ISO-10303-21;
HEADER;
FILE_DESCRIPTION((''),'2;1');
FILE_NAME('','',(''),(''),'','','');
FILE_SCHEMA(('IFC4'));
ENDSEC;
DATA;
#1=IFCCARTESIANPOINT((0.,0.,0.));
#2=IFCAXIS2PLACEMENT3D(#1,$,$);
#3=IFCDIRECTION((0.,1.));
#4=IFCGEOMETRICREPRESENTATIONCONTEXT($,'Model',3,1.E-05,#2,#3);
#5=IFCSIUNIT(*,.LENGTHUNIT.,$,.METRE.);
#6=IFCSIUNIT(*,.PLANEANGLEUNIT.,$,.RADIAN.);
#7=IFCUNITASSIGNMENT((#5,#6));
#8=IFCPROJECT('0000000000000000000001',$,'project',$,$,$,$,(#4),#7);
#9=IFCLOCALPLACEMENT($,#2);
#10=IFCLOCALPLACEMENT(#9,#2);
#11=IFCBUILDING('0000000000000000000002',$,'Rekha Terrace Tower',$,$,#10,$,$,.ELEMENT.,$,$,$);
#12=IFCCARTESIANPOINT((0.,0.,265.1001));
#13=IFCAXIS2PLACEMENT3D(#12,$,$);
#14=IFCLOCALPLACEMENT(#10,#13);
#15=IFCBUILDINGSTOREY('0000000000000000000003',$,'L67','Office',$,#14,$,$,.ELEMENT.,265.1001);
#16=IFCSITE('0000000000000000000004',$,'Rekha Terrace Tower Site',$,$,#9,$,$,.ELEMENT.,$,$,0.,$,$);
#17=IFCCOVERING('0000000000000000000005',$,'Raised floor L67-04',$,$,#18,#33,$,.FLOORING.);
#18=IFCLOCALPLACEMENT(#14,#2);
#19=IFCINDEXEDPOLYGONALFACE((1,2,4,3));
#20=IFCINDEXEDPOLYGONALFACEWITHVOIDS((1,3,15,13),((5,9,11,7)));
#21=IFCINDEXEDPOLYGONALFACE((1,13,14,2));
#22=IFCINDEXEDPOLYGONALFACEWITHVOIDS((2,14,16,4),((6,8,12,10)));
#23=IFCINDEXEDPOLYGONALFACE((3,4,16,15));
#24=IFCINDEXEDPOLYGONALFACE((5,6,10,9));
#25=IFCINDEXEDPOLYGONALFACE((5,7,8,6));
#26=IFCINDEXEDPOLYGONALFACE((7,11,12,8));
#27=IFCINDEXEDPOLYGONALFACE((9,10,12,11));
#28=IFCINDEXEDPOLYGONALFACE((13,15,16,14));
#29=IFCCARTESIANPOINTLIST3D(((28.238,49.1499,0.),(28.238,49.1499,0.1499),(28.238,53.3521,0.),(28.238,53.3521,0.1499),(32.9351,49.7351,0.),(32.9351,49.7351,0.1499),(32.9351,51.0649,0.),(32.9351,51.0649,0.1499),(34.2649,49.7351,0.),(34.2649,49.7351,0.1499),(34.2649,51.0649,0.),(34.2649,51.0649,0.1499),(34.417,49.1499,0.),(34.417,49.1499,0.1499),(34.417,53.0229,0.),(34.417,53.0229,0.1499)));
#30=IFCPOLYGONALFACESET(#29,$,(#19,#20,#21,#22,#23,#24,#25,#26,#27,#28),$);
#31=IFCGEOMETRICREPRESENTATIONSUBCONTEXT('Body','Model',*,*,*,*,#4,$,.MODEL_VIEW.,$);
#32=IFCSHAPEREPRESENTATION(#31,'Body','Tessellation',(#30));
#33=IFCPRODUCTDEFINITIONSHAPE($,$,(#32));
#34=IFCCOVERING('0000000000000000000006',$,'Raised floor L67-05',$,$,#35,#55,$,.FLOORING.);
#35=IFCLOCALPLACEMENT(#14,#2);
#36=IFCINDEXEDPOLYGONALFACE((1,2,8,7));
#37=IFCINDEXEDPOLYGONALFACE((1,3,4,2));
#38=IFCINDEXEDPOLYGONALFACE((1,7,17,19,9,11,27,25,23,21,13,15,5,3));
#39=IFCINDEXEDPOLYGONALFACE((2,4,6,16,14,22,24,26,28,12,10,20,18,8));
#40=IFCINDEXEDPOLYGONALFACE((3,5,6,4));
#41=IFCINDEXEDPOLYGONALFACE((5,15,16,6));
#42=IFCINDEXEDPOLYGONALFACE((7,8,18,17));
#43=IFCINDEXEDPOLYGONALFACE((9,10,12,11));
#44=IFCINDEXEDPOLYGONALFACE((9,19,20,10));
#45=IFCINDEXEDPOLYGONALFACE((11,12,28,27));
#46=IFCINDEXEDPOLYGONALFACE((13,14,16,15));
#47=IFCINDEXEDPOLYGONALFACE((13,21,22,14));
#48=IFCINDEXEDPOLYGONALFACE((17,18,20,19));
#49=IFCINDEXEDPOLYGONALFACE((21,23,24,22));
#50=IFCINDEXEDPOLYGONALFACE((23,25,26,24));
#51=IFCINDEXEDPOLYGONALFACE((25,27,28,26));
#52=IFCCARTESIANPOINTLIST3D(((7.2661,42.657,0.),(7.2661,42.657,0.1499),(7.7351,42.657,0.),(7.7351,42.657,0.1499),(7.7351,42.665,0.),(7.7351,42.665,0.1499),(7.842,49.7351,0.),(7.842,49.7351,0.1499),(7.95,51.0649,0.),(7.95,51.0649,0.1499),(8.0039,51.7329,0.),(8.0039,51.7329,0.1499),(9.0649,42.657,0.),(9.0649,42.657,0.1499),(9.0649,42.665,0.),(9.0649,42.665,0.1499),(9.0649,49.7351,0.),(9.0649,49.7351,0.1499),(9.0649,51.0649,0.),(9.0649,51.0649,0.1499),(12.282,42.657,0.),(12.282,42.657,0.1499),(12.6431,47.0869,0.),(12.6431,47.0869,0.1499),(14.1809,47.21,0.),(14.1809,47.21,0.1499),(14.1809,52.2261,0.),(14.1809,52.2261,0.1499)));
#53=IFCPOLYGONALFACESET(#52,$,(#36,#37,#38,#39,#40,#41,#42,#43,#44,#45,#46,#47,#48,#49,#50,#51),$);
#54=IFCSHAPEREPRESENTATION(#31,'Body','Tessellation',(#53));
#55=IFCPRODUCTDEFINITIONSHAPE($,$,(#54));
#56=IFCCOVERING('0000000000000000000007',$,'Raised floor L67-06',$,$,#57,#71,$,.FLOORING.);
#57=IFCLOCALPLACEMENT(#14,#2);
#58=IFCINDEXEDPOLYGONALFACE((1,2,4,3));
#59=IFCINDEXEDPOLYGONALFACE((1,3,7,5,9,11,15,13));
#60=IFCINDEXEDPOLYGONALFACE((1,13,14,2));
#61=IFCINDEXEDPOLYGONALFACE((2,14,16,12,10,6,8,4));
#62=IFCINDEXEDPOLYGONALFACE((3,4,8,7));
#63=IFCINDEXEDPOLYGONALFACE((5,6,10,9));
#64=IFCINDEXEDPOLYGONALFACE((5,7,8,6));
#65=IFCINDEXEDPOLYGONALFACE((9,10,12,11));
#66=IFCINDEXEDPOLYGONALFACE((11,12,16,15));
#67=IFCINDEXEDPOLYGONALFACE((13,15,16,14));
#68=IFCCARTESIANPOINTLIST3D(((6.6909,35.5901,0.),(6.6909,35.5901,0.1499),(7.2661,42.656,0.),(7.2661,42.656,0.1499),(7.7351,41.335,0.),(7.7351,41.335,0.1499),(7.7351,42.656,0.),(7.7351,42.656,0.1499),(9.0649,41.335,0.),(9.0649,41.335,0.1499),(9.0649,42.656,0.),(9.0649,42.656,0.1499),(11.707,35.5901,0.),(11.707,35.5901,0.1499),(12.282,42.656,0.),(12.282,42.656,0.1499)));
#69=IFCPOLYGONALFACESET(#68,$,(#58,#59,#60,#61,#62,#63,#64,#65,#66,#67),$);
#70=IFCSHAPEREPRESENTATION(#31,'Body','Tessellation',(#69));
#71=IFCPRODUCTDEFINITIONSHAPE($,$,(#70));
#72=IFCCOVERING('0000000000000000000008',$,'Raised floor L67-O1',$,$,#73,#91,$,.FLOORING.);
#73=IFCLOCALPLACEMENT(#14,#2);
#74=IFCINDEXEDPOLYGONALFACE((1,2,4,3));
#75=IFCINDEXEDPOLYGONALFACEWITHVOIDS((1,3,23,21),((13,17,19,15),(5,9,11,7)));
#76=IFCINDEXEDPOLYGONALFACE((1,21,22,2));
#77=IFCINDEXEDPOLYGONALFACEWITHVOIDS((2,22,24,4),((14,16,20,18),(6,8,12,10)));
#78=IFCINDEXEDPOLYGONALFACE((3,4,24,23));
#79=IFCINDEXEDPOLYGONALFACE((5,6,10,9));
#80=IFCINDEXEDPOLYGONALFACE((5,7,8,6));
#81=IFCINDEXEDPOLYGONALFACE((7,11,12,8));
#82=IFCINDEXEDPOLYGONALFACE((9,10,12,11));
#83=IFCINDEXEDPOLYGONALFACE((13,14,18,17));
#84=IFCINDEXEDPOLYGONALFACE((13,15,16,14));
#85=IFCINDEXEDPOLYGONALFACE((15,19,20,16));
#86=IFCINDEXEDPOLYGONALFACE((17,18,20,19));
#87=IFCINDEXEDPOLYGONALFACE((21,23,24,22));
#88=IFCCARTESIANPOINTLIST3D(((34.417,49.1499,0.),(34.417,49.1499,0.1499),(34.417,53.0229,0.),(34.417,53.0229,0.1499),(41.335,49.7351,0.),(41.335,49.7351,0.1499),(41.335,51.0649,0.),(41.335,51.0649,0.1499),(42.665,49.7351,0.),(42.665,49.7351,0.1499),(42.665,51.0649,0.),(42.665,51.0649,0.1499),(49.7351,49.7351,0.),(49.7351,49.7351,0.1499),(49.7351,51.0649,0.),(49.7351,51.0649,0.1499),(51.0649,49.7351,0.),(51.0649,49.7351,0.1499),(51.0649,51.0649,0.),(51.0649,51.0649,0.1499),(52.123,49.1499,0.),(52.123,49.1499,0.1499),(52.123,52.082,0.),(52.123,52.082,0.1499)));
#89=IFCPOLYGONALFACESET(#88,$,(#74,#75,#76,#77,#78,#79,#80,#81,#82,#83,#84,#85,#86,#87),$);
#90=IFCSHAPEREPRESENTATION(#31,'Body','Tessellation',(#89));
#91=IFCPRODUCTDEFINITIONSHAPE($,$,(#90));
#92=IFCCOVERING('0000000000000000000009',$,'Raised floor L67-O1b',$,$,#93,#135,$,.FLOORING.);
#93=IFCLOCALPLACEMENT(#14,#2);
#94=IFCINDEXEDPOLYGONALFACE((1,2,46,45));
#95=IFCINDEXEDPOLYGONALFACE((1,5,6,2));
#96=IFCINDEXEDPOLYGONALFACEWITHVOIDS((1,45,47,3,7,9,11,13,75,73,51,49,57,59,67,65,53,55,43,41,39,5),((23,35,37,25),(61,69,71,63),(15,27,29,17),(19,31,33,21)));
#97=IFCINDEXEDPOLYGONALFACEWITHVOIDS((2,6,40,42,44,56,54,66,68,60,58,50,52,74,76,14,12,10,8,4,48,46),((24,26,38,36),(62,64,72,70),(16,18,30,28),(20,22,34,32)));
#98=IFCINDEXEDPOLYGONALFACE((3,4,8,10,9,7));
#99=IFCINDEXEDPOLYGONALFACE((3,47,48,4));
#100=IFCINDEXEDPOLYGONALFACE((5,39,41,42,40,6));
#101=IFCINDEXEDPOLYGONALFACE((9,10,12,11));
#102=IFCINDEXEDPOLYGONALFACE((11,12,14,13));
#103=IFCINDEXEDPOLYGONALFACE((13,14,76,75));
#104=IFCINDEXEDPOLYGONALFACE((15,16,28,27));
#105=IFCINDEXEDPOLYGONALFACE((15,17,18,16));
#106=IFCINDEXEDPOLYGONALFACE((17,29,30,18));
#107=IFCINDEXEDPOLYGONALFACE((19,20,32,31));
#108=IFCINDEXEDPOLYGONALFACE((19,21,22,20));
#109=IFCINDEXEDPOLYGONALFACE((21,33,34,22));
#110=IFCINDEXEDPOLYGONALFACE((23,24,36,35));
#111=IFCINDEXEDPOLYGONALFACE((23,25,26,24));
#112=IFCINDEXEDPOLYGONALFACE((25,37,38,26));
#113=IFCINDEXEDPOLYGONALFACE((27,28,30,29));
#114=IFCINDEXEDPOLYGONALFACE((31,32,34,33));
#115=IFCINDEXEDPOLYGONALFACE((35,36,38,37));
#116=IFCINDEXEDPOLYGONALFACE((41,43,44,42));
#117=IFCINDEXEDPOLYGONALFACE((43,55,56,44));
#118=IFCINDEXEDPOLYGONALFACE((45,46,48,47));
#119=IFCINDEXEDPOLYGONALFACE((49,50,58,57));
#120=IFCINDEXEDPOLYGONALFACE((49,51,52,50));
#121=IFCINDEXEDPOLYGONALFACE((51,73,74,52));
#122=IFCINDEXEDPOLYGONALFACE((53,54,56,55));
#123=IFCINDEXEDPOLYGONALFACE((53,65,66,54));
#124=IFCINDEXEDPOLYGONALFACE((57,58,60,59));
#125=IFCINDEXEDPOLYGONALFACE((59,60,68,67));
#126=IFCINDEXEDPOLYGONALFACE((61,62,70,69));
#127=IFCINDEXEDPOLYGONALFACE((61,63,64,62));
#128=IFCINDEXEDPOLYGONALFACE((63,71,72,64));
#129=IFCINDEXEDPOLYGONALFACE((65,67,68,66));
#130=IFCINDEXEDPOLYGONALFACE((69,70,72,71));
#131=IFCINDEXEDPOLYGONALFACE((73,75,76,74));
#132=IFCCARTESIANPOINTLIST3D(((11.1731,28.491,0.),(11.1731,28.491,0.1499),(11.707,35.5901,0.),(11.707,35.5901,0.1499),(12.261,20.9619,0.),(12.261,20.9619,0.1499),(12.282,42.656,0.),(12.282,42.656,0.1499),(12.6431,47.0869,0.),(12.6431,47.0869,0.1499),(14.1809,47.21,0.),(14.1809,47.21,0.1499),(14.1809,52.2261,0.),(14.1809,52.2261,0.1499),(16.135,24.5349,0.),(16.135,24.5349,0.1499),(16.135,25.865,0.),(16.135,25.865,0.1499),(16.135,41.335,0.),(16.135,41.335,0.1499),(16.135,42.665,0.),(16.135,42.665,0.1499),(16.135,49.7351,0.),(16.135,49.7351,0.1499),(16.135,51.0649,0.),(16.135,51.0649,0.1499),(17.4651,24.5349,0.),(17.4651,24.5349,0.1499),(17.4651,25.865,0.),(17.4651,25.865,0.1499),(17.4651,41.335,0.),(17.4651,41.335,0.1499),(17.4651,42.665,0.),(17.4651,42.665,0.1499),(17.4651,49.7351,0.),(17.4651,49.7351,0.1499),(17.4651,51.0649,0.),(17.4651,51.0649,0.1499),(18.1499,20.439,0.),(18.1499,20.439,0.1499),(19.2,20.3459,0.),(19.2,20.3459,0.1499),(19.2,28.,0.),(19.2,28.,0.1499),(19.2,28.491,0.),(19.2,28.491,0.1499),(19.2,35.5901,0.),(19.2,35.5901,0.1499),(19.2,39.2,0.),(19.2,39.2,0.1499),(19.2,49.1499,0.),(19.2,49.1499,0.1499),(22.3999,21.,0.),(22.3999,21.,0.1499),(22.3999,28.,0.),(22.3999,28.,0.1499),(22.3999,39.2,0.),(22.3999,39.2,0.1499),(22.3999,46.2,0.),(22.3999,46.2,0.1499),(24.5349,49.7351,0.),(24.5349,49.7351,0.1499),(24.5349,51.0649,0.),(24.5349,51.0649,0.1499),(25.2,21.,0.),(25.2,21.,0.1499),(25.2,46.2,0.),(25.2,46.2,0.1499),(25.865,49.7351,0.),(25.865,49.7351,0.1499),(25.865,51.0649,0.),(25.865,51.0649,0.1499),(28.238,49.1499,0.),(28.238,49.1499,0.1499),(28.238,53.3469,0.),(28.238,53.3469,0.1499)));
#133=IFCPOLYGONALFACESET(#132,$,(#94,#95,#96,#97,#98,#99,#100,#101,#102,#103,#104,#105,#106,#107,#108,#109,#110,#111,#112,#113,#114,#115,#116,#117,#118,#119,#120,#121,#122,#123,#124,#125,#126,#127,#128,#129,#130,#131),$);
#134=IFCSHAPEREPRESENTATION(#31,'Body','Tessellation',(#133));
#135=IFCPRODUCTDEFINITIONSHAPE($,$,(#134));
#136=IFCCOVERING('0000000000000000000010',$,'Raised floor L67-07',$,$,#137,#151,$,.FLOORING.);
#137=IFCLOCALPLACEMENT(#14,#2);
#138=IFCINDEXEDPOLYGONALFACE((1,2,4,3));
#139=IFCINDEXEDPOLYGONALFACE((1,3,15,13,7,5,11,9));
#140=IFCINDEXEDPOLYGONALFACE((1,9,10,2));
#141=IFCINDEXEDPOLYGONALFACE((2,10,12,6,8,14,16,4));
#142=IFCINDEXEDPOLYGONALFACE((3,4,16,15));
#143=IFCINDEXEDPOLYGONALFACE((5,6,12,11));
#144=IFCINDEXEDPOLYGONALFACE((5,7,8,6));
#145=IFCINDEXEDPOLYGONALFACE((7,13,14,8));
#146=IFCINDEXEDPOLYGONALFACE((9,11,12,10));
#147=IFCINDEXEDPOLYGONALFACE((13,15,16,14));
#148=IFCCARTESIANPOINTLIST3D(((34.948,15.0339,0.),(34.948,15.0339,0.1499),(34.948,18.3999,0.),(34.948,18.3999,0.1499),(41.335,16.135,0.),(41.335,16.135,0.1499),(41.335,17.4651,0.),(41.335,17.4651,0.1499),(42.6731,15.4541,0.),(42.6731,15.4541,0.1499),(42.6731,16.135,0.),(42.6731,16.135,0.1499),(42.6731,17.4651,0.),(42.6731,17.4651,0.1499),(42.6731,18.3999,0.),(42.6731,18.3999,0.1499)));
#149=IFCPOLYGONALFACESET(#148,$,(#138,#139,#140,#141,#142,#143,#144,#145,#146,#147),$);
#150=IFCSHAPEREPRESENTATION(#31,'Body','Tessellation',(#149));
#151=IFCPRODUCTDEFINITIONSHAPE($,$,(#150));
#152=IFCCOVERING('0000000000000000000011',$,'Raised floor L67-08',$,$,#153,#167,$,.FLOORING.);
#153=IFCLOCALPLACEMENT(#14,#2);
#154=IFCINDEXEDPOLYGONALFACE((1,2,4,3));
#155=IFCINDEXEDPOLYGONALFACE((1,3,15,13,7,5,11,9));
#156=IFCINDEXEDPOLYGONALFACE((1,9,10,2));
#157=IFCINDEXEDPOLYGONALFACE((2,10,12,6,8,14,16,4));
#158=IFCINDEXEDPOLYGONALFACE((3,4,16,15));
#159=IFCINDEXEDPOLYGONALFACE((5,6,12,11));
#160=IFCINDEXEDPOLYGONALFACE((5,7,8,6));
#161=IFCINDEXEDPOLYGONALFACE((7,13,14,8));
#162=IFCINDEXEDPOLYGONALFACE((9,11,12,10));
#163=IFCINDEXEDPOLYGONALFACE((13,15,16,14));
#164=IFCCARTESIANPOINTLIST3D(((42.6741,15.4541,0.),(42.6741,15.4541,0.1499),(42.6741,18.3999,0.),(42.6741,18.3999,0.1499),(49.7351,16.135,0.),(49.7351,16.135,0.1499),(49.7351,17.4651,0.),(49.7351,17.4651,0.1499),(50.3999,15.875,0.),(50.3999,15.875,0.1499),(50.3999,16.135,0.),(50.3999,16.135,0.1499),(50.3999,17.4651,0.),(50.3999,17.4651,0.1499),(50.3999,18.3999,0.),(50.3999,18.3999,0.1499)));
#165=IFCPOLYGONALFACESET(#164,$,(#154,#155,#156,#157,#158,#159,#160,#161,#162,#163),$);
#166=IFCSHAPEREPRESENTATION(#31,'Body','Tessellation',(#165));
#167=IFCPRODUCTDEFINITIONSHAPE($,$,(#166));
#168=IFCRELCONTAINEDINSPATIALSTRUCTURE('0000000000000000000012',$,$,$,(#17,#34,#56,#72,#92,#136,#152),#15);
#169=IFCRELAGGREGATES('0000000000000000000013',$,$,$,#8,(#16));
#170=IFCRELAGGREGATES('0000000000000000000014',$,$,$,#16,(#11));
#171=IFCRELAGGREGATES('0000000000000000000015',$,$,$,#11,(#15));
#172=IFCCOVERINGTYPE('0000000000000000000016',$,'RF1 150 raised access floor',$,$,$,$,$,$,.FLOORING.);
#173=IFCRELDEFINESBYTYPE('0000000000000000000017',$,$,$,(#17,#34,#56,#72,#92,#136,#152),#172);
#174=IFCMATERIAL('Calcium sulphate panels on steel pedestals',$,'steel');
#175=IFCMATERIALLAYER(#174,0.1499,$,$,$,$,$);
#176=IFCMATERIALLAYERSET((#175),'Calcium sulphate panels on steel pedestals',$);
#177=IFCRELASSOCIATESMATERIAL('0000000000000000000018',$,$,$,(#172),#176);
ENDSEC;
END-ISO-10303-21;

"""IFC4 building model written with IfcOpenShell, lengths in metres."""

from ifc_helpers import new_model, si_unit, direction, frame, origin, place, context, subcontext, project, spatial, polyline, outline, extrude, material, layer, layer_set, type_object, element, save


model = new_model("IFC4")

# Units and contexts
model_context = context("Model", 3, precision=1e-05, world=origin(), true_north=direction((0.0, 1.0)))
body_context = subcontext(model_context, "Body", "Model", "MODEL_VIEW")
ifc_project = project(units=[si_unit("LENGTHUNIT", "METRE"), si_unit("PLANEANGLEUNIT", "RADIAN")], contexts=[model_context])

# Site, building, storey
site_placement = place(None, origin())
site = spatial("IfcSite", under=ifc_project, at=site_placement, Name="Rekha Terrace Tower Site", CompositionType="ELEMENT", RefElevation=0.0)
building_placement = place(site_placement, origin())
building = spatial("IfcBuilding", under=site, at=building_placement, Name="Rekha Terrace Tower", CompositionType="ELEMENT")
storey_placement = place(building_placement, frame((0.0, 0.0, 265.1001)))
storey = spatial("IfcBuildingStorey", under=building, at=storey_placement, Name="L67", Description="Office", CompositionType="ELEMENT", Elevation=265.1001)

# Coverings
ifc_material_1 = material(Name="Calcium sulphate panels on steel pedestals", Category="steel")
ifc_layer_1 = layer(ifc_material_1, 0.1499)
ifc_layer_set_1 = layer_set([ifc_layer_1], Name="Calcium sulphate panels on steel pedestals")
covering_type_1 = type_object("IfcCoveringType", Name="RF1 150 raised access floor", PredefinedType="FLOORING", material=ifc_layer_set_1)
covering_1_placement = place(storey_placement, origin())
element("IfcCovering", 1, at=covering_1_placement, inside=storey, type_object=covering_type_1, Name="Raised floor L67-04", PredefinedType="FLOORING", context=body_context, shape_type="SweptSolid", body=[
    extrude(outline(polyline([(28.238, 49.1499), (34.417, 49.1499), (34.417, 53.0229), (28.238, 53.3521), (28.238, 49.1499)]), holes=[polyline([(34.2649, 49.7351), (32.9351, 49.7351), (32.9351, 51.0649), (34.2649, 51.0649), (34.2649, 49.7351)])]), origin(), (0.0, 0.0, 1.0), 0.1499),
])
covering_2_placement = place(storey_placement, origin())
element("IfcCovering", 2, at=covering_2_placement, inside=storey, type_object=covering_type_1, Name="Raised floor L67-05", PredefinedType="FLOORING", context=body_context, shape_type="SweptSolid", body=[
    extrude(outline(polyline([(7.2661, 42.657), (7.7351, 42.657), (7.7351, 42.665), (9.0649, 42.665), (9.0649, 42.657), (12.282, 42.657), (12.6431, 47.0869), (14.1809, 47.21), (14.1809, 52.2261), (8.0039, 51.7329), (7.95, 51.0649), (9.0649, 51.0649), (9.0649, 49.7351), (7.842, 49.7351), (7.2661, 42.657)])), origin(), (0.0, 0.0, 1.0), 0.1499),
])
covering_3_placement = place(storey_placement, origin())
element("IfcCovering", 3, at=covering_3_placement, inside=storey, type_object=covering_type_1, Name="Raised floor L67-06", PredefinedType="FLOORING", context=body_context, shape_type="SweptSolid", body=[
    extrude(outline(polyline([(7.7351, 42.656), (7.2661, 42.656), (6.6909, 35.5901), (11.707, 35.5901), (12.282, 42.656), (9.0649, 42.656), (9.0649, 41.335), (7.7351, 41.335), (7.7351, 42.656)])), origin(), (0.0, 0.0, 1.0), 0.1499),
])
covering_4_placement = place(storey_placement, origin())
element("IfcCovering", 4, at=covering_4_placement, inside=storey, type_object=covering_type_1, Name="Raised floor L67-O1", PredefinedType="FLOORING", context=body_context, shape_type="SweptSolid", body=[
    extrude(outline(polyline([(34.417, 49.1499), (52.123, 49.1499), (52.123, 52.082), (34.417, 53.0229), (34.417, 49.1499)]), holes=[polyline([(51.0649, 51.0649), (51.0649, 49.7351), (49.7351, 49.7351), (49.7351, 51.0649), (51.0649, 51.0649)]), polyline([(42.665, 49.7351), (41.335, 49.7351), (41.335, 51.0649), (42.665, 51.0649), (42.665, 49.7351)])]), origin(), (0.0, 0.0, 1.0), 0.1499),
])
covering_5_placement = place(storey_placement, origin())
element("IfcCovering", 5, at=covering_5_placement, inside=storey, type_object=covering_type_1, Name="Raised floor L67-O1b", PredefinedType="FLOORING", context=body_context, shape_type="SweptSolid", body=[
    extrude(outline(polyline([(12.6431, 47.0869), (12.282, 42.656), (11.707, 35.5901), (19.2, 35.5901), (19.2, 28.491), (11.1731, 28.491), (12.261, 20.9619), (18.1499, 20.439), (19.2, 20.3459), (19.2, 28.0), (22.3999, 28.0), (22.3999, 21.0), (25.2, 21.0), (25.2, 46.2), (22.3999, 46.2), (22.3999, 39.2), (19.2, 39.2), (19.2, 49.1499), (28.238, 49.1499), (28.238, 53.3469), (14.1809, 52.2261), (14.1809, 47.21), (12.6431, 47.0869)]), holes=[polyline([(25.865, 51.0649), (25.865, 49.7351), (24.5349, 49.7351), (24.5349, 51.0649), (25.865, 51.0649)]), polyline([(17.4651, 25.865), (17.4651, 24.5349), (16.135, 24.5349), (16.135, 25.865), (17.4651, 25.865)]), polyline([(17.4651, 41.335), (16.135, 41.335), (16.135, 42.665), (17.4651, 42.665), (17.4651, 41.335)]), polyline([(17.4651, 49.7351), (16.135, 49.7351), (16.135, 51.0649), (17.4651, 51.0649), (17.4651, 49.7351)])]), origin(), (0.0, 0.0, 1.0), 0.1499),
])
covering_6_placement = place(storey_placement, origin())
element("IfcCovering", 6, at=covering_6_placement, inside=storey, type_object=covering_type_1, Name="Raised floor L67-07", PredefinedType="FLOORING", context=body_context, shape_type="SweptSolid", body=[
    extrude(outline(polyline([(34.948, 18.3999), (34.948, 15.0339), (42.6731, 15.4541), (42.6731, 16.135), (41.335, 16.135), (41.335, 17.4651), (42.6731, 17.4651), (42.6731, 18.3999), (34.948, 18.3999)])), origin(), (0.0, 0.0, 1.0), 0.1499),
])
covering_7_placement = place(storey_placement, origin())
element("IfcCovering", 7, at=covering_7_placement, inside=storey, type_object=covering_type_1, Name="Raised floor L67-08", PredefinedType="FLOORING", context=body_context, shape_type="SweptSolid", body=[
    extrude(outline(polyline([(42.6741, 18.3999), (42.6741, 15.4541), (50.3999, 15.875), (50.3999, 16.135), (49.7351, 16.135), (49.7351, 17.4651), (50.3999, 17.4651), (50.3999, 18.3999), (42.6741, 18.3999)])), origin(), (0.0, 0.0, 1.0), 0.1499),
])

save(model, "model.ifc")
